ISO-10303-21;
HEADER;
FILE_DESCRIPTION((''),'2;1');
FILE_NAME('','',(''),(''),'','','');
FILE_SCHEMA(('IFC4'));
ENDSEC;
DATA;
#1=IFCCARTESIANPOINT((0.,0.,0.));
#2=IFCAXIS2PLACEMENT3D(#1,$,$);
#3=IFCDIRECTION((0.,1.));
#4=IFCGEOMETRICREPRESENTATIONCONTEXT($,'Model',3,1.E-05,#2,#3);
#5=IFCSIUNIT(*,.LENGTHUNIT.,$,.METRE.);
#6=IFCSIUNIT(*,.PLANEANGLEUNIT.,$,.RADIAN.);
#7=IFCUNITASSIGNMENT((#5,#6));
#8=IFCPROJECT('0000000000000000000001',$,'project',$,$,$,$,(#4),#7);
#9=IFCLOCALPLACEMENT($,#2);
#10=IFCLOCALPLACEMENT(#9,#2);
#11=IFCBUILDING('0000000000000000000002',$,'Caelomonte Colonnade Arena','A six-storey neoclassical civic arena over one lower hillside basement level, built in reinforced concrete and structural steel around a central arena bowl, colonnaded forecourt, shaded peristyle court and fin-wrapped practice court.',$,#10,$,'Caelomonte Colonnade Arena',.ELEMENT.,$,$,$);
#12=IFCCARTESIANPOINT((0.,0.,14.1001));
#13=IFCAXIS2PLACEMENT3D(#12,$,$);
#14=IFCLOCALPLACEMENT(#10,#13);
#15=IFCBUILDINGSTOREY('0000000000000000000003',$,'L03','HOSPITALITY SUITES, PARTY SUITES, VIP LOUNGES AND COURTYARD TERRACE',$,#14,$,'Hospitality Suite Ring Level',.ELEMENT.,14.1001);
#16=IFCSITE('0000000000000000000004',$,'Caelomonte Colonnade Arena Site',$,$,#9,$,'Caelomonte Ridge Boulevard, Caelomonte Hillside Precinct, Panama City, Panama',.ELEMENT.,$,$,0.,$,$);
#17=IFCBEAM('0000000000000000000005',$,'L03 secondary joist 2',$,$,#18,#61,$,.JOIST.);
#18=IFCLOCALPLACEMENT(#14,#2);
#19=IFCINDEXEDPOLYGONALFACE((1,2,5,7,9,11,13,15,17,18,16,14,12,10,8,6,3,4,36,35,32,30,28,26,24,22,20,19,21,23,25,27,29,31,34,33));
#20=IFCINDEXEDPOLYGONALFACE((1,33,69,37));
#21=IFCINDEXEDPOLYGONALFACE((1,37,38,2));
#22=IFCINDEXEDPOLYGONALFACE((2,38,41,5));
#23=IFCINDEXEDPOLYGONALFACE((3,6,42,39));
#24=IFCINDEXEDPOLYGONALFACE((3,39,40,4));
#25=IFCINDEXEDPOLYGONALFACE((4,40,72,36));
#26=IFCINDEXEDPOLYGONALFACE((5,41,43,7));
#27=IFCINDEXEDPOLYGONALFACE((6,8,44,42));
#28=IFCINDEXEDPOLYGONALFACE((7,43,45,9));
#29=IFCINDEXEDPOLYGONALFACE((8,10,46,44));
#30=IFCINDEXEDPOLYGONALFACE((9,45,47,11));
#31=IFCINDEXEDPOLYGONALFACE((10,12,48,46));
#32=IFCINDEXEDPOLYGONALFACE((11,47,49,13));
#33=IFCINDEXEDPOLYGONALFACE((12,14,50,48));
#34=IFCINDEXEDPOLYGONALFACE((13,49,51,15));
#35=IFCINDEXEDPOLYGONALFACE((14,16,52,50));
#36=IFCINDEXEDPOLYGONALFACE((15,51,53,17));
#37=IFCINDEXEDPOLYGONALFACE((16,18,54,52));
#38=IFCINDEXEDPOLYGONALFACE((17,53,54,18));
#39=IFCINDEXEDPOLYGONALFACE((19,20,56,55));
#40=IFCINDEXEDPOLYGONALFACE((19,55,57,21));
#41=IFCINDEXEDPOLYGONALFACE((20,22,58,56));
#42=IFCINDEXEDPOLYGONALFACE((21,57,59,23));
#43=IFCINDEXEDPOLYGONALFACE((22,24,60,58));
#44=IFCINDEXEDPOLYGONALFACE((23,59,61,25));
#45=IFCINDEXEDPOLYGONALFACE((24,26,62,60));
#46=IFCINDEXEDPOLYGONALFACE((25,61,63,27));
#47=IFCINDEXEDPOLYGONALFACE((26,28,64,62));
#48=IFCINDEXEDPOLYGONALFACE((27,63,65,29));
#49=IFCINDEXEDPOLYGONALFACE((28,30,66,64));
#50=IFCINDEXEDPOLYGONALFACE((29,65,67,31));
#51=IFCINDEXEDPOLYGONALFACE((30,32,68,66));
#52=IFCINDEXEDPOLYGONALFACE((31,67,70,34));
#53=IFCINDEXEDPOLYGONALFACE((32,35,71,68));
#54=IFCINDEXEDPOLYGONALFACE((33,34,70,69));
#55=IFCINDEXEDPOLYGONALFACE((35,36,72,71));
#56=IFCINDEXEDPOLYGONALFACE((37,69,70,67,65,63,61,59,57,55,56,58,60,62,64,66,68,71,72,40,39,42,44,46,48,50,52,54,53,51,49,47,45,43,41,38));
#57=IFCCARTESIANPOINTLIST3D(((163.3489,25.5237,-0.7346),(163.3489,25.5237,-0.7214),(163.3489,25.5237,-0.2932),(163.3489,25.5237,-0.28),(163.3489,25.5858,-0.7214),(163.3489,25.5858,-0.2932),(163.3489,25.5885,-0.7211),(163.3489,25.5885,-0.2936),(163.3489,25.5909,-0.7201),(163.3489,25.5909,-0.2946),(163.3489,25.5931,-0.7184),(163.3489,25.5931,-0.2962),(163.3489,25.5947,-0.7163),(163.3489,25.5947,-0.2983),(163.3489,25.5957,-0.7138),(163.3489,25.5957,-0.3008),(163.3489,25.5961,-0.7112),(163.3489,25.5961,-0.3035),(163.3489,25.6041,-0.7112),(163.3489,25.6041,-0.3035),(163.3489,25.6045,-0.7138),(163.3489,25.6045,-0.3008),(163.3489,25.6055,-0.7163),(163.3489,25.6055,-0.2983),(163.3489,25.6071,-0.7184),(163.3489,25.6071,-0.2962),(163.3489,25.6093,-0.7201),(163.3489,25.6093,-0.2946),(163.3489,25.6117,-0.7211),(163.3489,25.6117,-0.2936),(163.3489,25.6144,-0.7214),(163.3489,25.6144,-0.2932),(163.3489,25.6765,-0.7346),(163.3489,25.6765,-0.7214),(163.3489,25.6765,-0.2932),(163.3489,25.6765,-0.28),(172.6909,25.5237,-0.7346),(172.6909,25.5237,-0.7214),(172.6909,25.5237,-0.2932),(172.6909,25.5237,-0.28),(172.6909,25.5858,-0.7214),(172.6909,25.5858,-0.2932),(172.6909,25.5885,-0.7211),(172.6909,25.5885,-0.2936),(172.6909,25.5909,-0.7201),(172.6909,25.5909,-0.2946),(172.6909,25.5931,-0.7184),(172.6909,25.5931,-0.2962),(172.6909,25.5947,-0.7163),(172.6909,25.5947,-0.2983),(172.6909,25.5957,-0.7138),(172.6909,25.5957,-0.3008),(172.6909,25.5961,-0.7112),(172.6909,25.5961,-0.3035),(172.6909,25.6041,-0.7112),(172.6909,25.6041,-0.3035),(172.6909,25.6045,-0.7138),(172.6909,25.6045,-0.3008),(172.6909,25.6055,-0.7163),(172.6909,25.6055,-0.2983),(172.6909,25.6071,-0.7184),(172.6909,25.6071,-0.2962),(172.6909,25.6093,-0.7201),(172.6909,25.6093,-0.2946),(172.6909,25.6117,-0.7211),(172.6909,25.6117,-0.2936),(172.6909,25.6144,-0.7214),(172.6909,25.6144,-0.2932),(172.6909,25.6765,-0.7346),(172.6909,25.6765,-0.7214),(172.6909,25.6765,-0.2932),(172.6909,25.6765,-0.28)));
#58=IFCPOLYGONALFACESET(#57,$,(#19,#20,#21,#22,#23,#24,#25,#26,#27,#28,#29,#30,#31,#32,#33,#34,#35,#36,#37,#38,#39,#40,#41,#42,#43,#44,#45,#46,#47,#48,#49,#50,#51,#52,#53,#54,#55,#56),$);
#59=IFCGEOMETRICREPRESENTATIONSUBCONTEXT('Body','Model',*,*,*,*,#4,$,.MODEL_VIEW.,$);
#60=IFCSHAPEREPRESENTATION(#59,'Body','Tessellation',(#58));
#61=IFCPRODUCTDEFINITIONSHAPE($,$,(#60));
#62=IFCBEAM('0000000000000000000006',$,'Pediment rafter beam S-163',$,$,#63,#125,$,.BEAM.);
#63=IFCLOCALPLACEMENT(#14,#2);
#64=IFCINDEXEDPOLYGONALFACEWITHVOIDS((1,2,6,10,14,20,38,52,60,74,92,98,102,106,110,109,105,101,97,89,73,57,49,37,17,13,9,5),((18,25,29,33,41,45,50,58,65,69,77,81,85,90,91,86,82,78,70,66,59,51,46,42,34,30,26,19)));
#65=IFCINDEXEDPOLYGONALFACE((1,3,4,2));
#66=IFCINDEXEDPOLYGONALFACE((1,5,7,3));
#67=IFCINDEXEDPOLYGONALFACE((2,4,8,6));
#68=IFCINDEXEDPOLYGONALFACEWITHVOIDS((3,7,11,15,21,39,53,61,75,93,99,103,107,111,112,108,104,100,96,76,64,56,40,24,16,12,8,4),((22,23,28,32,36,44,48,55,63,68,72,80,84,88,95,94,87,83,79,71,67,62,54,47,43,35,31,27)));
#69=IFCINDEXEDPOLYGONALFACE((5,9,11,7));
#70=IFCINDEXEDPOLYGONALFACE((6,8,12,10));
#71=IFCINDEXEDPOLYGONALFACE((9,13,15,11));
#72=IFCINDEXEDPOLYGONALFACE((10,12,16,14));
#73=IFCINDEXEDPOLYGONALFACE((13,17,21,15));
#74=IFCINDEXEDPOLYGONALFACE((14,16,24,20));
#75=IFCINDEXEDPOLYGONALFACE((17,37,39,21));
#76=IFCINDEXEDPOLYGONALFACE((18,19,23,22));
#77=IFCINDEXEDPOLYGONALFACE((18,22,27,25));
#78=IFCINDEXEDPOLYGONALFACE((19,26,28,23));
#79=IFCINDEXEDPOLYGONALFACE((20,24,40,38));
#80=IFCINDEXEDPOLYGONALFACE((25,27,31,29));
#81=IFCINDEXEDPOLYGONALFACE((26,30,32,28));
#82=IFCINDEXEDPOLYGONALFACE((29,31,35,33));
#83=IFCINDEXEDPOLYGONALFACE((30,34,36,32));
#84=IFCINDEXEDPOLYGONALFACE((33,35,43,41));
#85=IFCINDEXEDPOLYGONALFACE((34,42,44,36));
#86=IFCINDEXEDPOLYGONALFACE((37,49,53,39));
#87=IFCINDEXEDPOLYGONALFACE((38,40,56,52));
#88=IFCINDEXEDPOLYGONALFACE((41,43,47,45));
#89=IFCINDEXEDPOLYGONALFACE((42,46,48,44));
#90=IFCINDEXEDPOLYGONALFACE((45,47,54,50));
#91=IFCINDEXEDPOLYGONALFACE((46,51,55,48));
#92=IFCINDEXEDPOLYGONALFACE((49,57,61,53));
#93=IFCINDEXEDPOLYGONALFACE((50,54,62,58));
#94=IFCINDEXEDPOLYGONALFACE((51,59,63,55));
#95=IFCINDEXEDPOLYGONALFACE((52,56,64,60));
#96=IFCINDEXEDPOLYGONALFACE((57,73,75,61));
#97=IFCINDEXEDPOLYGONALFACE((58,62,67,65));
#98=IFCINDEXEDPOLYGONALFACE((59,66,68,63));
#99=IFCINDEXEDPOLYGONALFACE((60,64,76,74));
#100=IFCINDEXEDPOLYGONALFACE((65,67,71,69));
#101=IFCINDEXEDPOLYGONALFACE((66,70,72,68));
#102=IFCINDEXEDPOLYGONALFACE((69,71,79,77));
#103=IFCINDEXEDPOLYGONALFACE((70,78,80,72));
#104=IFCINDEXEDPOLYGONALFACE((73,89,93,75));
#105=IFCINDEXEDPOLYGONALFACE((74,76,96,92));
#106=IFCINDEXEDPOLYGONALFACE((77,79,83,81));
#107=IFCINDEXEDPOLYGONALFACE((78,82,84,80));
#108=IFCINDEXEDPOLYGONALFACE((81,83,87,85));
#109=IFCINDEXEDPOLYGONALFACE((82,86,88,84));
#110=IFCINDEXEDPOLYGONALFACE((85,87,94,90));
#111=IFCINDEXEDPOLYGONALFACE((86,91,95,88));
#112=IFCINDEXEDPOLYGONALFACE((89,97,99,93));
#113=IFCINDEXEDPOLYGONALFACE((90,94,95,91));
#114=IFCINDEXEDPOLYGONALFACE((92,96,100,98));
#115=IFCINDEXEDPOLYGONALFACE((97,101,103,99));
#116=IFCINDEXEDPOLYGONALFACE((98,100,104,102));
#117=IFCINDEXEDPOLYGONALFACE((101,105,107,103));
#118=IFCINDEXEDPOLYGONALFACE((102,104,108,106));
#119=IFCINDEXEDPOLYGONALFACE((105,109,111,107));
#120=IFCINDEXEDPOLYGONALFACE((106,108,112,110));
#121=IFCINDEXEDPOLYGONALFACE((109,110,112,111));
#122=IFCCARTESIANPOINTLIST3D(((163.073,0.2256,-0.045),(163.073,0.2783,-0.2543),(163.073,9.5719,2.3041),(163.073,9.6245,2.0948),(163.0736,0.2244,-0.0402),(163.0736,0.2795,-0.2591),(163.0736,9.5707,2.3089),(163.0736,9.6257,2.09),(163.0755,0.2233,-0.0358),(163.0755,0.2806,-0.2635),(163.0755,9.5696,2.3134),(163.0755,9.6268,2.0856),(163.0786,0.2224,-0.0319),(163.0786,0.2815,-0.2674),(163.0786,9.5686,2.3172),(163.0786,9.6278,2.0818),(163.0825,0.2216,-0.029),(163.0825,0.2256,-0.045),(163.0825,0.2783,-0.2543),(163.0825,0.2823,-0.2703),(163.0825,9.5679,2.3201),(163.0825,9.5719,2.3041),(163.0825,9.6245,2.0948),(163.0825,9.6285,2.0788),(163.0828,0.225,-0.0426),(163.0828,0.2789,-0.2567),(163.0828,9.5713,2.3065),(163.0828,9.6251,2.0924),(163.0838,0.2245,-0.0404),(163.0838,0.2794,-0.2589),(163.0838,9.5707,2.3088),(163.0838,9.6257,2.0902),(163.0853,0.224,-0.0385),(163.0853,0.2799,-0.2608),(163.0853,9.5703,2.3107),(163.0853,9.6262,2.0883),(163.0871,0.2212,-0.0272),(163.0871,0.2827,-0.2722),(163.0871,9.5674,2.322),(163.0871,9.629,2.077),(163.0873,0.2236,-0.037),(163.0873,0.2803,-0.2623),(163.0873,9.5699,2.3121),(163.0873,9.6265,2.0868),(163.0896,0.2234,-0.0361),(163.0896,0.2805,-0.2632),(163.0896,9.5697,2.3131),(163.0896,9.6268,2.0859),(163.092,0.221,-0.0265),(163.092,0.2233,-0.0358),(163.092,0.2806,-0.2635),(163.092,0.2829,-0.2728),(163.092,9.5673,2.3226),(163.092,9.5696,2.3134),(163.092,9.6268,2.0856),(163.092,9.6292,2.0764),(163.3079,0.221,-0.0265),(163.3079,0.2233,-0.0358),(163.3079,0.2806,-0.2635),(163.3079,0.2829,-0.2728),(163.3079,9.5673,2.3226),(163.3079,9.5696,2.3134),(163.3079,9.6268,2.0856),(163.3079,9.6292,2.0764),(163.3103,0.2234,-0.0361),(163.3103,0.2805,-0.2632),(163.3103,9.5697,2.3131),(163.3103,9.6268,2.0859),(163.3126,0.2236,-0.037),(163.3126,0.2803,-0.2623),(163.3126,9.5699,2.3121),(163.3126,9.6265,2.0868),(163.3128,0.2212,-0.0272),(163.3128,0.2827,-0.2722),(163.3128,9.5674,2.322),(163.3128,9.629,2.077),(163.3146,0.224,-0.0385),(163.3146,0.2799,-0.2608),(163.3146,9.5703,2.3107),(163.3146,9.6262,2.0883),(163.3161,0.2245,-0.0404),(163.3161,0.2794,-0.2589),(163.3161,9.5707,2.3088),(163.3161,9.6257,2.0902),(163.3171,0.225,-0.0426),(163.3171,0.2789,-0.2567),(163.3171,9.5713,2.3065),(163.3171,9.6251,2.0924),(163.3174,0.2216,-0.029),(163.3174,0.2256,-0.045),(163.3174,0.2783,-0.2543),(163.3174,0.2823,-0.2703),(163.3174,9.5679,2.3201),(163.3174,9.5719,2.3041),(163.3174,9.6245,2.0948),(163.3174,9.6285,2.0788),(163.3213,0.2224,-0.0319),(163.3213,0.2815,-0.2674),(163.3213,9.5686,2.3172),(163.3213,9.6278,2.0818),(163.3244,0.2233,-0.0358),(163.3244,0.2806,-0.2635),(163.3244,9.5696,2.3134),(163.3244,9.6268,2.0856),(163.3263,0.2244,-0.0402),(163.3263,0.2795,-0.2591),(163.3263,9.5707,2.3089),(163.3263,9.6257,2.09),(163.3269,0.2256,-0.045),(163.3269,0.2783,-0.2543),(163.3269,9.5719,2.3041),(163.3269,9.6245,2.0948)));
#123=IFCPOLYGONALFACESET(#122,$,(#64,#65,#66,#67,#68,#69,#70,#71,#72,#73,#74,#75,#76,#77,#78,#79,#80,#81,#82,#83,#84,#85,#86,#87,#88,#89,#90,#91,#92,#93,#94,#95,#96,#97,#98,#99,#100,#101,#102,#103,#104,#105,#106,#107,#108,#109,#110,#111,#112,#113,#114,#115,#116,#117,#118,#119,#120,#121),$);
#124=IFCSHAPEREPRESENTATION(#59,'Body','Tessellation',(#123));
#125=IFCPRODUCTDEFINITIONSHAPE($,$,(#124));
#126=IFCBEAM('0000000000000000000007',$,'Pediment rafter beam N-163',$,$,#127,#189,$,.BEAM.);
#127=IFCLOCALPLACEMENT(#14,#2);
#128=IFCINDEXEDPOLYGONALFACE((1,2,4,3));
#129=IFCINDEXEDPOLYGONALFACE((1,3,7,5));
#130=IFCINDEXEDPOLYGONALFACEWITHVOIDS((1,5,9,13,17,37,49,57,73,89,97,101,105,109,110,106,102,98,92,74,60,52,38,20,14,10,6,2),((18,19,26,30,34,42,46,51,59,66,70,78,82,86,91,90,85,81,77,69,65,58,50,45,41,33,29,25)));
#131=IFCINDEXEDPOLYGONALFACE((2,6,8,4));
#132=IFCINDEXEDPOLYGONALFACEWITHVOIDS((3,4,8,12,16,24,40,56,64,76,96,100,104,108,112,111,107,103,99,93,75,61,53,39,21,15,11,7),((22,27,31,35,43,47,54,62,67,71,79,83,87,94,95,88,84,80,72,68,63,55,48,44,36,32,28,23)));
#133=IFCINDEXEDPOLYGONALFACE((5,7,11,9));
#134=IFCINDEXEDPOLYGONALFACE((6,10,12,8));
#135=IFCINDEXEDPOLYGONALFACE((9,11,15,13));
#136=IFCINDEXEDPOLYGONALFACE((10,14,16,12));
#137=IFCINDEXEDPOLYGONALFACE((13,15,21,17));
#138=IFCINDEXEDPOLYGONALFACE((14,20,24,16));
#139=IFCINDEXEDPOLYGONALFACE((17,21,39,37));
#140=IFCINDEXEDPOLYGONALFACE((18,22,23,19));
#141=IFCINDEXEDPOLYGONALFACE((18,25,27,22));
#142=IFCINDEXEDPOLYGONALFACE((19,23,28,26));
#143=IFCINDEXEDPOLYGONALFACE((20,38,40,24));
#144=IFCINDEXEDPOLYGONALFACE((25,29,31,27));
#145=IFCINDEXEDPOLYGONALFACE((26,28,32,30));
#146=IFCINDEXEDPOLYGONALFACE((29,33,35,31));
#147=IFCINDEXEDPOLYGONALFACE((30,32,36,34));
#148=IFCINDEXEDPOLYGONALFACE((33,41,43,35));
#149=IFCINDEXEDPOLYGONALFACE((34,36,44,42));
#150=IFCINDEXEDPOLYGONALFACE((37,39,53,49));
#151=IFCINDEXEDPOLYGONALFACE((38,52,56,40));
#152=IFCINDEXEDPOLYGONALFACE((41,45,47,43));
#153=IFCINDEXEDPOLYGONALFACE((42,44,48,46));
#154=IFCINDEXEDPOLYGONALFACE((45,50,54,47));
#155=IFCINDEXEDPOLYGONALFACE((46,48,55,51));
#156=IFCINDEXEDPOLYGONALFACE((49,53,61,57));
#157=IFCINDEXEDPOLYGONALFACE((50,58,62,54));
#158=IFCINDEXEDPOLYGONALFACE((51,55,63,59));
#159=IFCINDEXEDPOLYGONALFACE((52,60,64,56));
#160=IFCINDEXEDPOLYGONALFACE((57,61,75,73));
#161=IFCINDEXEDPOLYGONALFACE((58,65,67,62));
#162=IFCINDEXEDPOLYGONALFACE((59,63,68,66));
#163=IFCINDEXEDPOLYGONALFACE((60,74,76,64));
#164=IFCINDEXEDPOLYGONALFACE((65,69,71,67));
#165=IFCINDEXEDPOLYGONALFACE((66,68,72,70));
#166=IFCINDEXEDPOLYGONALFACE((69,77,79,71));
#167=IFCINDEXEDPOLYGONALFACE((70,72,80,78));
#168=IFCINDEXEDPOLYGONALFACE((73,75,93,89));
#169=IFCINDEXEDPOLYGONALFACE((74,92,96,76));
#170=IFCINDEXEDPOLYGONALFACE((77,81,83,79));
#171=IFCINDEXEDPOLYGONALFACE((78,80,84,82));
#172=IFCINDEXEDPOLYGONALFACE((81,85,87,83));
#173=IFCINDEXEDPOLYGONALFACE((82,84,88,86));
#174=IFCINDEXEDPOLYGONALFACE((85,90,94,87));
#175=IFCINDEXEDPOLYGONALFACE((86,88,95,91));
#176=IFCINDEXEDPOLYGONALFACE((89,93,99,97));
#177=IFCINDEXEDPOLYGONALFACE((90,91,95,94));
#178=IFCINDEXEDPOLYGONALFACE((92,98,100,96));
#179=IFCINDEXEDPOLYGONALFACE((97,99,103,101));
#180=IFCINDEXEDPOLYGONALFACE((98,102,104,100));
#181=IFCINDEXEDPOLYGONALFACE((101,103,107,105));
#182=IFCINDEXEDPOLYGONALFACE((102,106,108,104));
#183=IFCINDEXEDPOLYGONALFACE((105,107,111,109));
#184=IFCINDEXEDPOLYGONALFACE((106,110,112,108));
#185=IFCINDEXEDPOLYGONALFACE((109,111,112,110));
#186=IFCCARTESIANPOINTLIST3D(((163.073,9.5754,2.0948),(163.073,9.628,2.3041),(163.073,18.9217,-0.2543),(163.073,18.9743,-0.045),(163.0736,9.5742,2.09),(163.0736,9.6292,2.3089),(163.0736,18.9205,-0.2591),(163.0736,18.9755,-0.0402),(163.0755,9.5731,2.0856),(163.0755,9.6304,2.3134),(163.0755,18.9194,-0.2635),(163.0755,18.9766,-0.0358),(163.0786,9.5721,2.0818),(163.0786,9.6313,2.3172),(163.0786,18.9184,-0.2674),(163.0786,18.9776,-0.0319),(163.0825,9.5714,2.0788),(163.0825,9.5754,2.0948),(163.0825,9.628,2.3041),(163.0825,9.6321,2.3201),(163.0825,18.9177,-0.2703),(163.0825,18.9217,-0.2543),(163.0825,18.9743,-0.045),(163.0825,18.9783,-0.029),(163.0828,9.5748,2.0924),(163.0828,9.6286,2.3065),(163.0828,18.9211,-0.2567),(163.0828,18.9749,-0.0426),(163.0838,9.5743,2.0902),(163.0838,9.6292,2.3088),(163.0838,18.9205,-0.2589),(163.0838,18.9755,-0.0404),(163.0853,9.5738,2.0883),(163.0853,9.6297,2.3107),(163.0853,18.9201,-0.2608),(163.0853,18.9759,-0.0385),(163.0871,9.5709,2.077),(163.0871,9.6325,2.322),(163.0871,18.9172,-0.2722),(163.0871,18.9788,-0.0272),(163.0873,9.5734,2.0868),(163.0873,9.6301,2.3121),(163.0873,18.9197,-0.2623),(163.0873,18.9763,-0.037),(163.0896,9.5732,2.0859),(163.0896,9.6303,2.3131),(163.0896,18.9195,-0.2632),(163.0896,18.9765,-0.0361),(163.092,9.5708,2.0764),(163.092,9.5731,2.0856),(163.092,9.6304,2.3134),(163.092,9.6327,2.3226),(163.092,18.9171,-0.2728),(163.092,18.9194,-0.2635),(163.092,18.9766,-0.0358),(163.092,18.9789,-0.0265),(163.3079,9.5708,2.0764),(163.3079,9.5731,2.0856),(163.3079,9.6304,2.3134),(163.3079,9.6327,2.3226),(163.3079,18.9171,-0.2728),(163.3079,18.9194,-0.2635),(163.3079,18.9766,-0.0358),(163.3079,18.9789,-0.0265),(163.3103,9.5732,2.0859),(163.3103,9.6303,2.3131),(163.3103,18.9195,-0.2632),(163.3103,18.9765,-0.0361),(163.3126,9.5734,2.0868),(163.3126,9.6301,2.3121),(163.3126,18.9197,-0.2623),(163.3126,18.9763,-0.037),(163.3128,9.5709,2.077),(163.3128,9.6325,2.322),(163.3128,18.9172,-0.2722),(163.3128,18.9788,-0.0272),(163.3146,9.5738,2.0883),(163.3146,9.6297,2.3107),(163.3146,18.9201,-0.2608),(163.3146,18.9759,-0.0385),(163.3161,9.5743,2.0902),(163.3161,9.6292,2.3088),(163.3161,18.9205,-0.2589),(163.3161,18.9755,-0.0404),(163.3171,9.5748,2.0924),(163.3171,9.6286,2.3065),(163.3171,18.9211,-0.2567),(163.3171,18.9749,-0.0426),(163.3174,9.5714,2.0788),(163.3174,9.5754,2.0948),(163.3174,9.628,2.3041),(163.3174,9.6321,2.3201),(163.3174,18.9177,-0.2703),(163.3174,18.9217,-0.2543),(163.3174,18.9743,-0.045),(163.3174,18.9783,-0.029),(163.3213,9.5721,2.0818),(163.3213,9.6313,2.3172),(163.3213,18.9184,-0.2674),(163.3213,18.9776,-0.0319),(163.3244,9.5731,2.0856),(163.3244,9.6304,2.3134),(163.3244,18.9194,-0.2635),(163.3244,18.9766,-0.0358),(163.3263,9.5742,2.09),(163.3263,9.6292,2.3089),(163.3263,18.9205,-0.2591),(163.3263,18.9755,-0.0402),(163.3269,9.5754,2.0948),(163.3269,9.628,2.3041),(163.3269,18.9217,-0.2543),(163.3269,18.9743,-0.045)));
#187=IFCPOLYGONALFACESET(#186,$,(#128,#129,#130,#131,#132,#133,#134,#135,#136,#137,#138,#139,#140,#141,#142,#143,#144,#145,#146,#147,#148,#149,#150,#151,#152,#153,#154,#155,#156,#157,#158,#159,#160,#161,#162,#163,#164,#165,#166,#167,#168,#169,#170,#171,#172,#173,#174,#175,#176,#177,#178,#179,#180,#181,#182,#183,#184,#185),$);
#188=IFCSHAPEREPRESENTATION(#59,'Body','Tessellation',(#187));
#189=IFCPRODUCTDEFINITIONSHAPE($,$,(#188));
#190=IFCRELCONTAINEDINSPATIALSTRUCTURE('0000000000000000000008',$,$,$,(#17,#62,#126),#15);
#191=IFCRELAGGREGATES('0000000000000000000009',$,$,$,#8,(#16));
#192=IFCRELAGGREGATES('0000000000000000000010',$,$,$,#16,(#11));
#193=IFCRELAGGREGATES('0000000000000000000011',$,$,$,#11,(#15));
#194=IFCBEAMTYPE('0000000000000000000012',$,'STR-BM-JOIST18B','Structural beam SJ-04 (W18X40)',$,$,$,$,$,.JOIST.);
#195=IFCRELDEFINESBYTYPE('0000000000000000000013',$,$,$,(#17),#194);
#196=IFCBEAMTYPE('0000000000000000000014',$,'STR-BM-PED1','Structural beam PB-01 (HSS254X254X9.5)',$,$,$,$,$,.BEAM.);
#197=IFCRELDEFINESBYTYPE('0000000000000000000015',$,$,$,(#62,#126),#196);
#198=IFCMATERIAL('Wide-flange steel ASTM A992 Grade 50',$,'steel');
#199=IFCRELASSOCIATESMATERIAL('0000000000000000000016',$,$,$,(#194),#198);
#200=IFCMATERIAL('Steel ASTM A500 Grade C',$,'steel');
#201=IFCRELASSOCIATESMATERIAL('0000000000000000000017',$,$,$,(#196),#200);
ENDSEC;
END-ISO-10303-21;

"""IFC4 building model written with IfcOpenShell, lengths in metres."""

from ifc_helpers import new_model, si_unit, direction, frame, origin, origin_2d, place, context, subcontext, project, spatial, hollow_rectangle, i_section, extrude, material, material_profile, profile_set, type_object, element, save


model = new_model("IFC4")

# Units and contexts
model_context = context("Model", 3, precision=1e-05, world=origin(), true_north=direction((0.0, 1.0)))
body_context = subcontext(model_context, "Body", "Model", "MODEL_VIEW")
ifc_project = project(units=[si_unit("LENGTHUNIT", "METRE"), si_unit("PLANEANGLEUNIT", "RADIAN")], contexts=[model_context])

# Site, building, storey
site_placement = place(None, origin())
site = spatial("IfcSite", under=ifc_project, at=site_placement, Name="Caelomonte Colonnade Arena Site", LongName="Caelomonte Ridge Boulevard, Caelomonte Hillside Precinct, Panama City, Panama", CompositionType="ELEMENT", RefElevation=0.0)
building_placement = place(site_placement, origin())
building = spatial("IfcBuilding", under=site, at=building_placement, Name="Caelomonte Colonnade Arena", Description="A six-storey neoclassical civic arena over one lower hillside basement level, built in reinforced concrete and structural steel around a central arena bowl, colonnaded forecourt, shaded peristyle court and fin-wrapped practice court.", LongName="Caelomonte Colonnade Arena", CompositionType="ELEMENT")
storey_placement = place(building_placement, frame((0.0, 0.0, 14.1001)))
storey = spatial("IfcBuildingStorey", under=building, at=storey_placement, Name="L03", Description="HOSPITALITY SUITES, PARTY SUITES, VIP LOUNGES AND COURTYARD TERRACE", LongName="Hospitality Suite Ring Level", CompositionType="ELEMENT", Elevation=14.1001)

# Beams
ifc_material_1 = material(Name="Wide-flange steel ASTM A992 Grade 50", Category="steel")
ifc_material_profile_1 = material_profile(ifc_material_1, i_section(OverallWidth=0.1528, OverallDepth=0.4546, WebThickness=0.0081, FlangeThickness=0.0132, FilletRadius=0.0103, at=origin_2d()), Name="W18X40")
ifc_profile_set_1 = profile_set([ifc_material_profile_1], Name="Wide-flange steel ASTM A992 Grade 50")
beam_type_1 = type_object("IfcBeamType", Name="STR-BM-JOIST18B", Description="Structural beam SJ-04 (W18X40)", PredefinedType="JOIST", material=ifc_profile_set_1)
for number, where, z_axis, x_axis, name in (
    (1, (163.3489, 25.6001, -0.5073), (1.0, 0.0, 0.0), (0.0, 1.0, 0.0), "L03 secondary joist 2"),
):
    element("IfcBeam", number, at=place(storey_placement, frame(where, z_axis=z_axis, x_axis=x_axis)), inside=storey, type_object=beam_type_1, Name=name, PredefinedType="JOIST", context=body_context, shape_type="SweptSolid", body=[
        extrude(i_section(OverallWidth=0.1528, OverallDepth=0.4546, WebThickness=0.0081, FlangeThickness=0.0132, FilletRadius=0.0103, at=origin_2d()), origin(), (0.0, 0.0, 1.0), 9.342),
    ])
ifc_material_2 = material(Name="Steel ASTM A500 Grade C", Category="steel")
ifc_material_profile_2 = material_profile(ifc_material_2, hollow_rectangle(XDim=0.2539, YDim=0.2539, WallThickness=0.0095, InnerFilletRadius=0.0095, OuterFilletRadius=0.019, at=origin_2d()), Name="HSS254X254X9.5")
ifc_profile_set_2 = profile_set([ifc_material_profile_2], Name="Steel ASTM A500 Grade C")
beam_type_2 = type_object("IfcBeamType", Name="STR-BM-PED1", Description="Structural beam PB-01 (HSS254X254X9.5)", PredefinedType="BEAM", material=ifc_profile_set_2)
for number, where, z_axis, x_axis, name in (
    (2, (163.2, 0.252, -0.1497), (0.0, 0.969835, 0.243763), (-1.0, 0.0, 0.0), "Pediment rafter beam S-163"),
    (3, (163.2, 18.948, -0.1497), (0.0, -0.969835, 0.243763), (1.0, 0.0, 0.0), "Pediment rafter beam N-163"),
):
    element("IfcBeam", number, at=place(storey_placement, frame(where, z_axis=z_axis, x_axis=x_axis)), inside=storey, type_object=beam_type_2, Name=name, PredefinedType="BEAM", context=body_context, shape_type="SweptSolid", body=[
        extrude(hollow_rectangle(XDim=0.2539, YDim=0.2539, WallThickness=0.0095, InnerFilletRadius=0.0095, OuterFilletRadius=0.019, at=origin_2d()), origin(), (0.0, 0.0, 1.0), 9.637),
    ])

save(model, "model.ifc")
